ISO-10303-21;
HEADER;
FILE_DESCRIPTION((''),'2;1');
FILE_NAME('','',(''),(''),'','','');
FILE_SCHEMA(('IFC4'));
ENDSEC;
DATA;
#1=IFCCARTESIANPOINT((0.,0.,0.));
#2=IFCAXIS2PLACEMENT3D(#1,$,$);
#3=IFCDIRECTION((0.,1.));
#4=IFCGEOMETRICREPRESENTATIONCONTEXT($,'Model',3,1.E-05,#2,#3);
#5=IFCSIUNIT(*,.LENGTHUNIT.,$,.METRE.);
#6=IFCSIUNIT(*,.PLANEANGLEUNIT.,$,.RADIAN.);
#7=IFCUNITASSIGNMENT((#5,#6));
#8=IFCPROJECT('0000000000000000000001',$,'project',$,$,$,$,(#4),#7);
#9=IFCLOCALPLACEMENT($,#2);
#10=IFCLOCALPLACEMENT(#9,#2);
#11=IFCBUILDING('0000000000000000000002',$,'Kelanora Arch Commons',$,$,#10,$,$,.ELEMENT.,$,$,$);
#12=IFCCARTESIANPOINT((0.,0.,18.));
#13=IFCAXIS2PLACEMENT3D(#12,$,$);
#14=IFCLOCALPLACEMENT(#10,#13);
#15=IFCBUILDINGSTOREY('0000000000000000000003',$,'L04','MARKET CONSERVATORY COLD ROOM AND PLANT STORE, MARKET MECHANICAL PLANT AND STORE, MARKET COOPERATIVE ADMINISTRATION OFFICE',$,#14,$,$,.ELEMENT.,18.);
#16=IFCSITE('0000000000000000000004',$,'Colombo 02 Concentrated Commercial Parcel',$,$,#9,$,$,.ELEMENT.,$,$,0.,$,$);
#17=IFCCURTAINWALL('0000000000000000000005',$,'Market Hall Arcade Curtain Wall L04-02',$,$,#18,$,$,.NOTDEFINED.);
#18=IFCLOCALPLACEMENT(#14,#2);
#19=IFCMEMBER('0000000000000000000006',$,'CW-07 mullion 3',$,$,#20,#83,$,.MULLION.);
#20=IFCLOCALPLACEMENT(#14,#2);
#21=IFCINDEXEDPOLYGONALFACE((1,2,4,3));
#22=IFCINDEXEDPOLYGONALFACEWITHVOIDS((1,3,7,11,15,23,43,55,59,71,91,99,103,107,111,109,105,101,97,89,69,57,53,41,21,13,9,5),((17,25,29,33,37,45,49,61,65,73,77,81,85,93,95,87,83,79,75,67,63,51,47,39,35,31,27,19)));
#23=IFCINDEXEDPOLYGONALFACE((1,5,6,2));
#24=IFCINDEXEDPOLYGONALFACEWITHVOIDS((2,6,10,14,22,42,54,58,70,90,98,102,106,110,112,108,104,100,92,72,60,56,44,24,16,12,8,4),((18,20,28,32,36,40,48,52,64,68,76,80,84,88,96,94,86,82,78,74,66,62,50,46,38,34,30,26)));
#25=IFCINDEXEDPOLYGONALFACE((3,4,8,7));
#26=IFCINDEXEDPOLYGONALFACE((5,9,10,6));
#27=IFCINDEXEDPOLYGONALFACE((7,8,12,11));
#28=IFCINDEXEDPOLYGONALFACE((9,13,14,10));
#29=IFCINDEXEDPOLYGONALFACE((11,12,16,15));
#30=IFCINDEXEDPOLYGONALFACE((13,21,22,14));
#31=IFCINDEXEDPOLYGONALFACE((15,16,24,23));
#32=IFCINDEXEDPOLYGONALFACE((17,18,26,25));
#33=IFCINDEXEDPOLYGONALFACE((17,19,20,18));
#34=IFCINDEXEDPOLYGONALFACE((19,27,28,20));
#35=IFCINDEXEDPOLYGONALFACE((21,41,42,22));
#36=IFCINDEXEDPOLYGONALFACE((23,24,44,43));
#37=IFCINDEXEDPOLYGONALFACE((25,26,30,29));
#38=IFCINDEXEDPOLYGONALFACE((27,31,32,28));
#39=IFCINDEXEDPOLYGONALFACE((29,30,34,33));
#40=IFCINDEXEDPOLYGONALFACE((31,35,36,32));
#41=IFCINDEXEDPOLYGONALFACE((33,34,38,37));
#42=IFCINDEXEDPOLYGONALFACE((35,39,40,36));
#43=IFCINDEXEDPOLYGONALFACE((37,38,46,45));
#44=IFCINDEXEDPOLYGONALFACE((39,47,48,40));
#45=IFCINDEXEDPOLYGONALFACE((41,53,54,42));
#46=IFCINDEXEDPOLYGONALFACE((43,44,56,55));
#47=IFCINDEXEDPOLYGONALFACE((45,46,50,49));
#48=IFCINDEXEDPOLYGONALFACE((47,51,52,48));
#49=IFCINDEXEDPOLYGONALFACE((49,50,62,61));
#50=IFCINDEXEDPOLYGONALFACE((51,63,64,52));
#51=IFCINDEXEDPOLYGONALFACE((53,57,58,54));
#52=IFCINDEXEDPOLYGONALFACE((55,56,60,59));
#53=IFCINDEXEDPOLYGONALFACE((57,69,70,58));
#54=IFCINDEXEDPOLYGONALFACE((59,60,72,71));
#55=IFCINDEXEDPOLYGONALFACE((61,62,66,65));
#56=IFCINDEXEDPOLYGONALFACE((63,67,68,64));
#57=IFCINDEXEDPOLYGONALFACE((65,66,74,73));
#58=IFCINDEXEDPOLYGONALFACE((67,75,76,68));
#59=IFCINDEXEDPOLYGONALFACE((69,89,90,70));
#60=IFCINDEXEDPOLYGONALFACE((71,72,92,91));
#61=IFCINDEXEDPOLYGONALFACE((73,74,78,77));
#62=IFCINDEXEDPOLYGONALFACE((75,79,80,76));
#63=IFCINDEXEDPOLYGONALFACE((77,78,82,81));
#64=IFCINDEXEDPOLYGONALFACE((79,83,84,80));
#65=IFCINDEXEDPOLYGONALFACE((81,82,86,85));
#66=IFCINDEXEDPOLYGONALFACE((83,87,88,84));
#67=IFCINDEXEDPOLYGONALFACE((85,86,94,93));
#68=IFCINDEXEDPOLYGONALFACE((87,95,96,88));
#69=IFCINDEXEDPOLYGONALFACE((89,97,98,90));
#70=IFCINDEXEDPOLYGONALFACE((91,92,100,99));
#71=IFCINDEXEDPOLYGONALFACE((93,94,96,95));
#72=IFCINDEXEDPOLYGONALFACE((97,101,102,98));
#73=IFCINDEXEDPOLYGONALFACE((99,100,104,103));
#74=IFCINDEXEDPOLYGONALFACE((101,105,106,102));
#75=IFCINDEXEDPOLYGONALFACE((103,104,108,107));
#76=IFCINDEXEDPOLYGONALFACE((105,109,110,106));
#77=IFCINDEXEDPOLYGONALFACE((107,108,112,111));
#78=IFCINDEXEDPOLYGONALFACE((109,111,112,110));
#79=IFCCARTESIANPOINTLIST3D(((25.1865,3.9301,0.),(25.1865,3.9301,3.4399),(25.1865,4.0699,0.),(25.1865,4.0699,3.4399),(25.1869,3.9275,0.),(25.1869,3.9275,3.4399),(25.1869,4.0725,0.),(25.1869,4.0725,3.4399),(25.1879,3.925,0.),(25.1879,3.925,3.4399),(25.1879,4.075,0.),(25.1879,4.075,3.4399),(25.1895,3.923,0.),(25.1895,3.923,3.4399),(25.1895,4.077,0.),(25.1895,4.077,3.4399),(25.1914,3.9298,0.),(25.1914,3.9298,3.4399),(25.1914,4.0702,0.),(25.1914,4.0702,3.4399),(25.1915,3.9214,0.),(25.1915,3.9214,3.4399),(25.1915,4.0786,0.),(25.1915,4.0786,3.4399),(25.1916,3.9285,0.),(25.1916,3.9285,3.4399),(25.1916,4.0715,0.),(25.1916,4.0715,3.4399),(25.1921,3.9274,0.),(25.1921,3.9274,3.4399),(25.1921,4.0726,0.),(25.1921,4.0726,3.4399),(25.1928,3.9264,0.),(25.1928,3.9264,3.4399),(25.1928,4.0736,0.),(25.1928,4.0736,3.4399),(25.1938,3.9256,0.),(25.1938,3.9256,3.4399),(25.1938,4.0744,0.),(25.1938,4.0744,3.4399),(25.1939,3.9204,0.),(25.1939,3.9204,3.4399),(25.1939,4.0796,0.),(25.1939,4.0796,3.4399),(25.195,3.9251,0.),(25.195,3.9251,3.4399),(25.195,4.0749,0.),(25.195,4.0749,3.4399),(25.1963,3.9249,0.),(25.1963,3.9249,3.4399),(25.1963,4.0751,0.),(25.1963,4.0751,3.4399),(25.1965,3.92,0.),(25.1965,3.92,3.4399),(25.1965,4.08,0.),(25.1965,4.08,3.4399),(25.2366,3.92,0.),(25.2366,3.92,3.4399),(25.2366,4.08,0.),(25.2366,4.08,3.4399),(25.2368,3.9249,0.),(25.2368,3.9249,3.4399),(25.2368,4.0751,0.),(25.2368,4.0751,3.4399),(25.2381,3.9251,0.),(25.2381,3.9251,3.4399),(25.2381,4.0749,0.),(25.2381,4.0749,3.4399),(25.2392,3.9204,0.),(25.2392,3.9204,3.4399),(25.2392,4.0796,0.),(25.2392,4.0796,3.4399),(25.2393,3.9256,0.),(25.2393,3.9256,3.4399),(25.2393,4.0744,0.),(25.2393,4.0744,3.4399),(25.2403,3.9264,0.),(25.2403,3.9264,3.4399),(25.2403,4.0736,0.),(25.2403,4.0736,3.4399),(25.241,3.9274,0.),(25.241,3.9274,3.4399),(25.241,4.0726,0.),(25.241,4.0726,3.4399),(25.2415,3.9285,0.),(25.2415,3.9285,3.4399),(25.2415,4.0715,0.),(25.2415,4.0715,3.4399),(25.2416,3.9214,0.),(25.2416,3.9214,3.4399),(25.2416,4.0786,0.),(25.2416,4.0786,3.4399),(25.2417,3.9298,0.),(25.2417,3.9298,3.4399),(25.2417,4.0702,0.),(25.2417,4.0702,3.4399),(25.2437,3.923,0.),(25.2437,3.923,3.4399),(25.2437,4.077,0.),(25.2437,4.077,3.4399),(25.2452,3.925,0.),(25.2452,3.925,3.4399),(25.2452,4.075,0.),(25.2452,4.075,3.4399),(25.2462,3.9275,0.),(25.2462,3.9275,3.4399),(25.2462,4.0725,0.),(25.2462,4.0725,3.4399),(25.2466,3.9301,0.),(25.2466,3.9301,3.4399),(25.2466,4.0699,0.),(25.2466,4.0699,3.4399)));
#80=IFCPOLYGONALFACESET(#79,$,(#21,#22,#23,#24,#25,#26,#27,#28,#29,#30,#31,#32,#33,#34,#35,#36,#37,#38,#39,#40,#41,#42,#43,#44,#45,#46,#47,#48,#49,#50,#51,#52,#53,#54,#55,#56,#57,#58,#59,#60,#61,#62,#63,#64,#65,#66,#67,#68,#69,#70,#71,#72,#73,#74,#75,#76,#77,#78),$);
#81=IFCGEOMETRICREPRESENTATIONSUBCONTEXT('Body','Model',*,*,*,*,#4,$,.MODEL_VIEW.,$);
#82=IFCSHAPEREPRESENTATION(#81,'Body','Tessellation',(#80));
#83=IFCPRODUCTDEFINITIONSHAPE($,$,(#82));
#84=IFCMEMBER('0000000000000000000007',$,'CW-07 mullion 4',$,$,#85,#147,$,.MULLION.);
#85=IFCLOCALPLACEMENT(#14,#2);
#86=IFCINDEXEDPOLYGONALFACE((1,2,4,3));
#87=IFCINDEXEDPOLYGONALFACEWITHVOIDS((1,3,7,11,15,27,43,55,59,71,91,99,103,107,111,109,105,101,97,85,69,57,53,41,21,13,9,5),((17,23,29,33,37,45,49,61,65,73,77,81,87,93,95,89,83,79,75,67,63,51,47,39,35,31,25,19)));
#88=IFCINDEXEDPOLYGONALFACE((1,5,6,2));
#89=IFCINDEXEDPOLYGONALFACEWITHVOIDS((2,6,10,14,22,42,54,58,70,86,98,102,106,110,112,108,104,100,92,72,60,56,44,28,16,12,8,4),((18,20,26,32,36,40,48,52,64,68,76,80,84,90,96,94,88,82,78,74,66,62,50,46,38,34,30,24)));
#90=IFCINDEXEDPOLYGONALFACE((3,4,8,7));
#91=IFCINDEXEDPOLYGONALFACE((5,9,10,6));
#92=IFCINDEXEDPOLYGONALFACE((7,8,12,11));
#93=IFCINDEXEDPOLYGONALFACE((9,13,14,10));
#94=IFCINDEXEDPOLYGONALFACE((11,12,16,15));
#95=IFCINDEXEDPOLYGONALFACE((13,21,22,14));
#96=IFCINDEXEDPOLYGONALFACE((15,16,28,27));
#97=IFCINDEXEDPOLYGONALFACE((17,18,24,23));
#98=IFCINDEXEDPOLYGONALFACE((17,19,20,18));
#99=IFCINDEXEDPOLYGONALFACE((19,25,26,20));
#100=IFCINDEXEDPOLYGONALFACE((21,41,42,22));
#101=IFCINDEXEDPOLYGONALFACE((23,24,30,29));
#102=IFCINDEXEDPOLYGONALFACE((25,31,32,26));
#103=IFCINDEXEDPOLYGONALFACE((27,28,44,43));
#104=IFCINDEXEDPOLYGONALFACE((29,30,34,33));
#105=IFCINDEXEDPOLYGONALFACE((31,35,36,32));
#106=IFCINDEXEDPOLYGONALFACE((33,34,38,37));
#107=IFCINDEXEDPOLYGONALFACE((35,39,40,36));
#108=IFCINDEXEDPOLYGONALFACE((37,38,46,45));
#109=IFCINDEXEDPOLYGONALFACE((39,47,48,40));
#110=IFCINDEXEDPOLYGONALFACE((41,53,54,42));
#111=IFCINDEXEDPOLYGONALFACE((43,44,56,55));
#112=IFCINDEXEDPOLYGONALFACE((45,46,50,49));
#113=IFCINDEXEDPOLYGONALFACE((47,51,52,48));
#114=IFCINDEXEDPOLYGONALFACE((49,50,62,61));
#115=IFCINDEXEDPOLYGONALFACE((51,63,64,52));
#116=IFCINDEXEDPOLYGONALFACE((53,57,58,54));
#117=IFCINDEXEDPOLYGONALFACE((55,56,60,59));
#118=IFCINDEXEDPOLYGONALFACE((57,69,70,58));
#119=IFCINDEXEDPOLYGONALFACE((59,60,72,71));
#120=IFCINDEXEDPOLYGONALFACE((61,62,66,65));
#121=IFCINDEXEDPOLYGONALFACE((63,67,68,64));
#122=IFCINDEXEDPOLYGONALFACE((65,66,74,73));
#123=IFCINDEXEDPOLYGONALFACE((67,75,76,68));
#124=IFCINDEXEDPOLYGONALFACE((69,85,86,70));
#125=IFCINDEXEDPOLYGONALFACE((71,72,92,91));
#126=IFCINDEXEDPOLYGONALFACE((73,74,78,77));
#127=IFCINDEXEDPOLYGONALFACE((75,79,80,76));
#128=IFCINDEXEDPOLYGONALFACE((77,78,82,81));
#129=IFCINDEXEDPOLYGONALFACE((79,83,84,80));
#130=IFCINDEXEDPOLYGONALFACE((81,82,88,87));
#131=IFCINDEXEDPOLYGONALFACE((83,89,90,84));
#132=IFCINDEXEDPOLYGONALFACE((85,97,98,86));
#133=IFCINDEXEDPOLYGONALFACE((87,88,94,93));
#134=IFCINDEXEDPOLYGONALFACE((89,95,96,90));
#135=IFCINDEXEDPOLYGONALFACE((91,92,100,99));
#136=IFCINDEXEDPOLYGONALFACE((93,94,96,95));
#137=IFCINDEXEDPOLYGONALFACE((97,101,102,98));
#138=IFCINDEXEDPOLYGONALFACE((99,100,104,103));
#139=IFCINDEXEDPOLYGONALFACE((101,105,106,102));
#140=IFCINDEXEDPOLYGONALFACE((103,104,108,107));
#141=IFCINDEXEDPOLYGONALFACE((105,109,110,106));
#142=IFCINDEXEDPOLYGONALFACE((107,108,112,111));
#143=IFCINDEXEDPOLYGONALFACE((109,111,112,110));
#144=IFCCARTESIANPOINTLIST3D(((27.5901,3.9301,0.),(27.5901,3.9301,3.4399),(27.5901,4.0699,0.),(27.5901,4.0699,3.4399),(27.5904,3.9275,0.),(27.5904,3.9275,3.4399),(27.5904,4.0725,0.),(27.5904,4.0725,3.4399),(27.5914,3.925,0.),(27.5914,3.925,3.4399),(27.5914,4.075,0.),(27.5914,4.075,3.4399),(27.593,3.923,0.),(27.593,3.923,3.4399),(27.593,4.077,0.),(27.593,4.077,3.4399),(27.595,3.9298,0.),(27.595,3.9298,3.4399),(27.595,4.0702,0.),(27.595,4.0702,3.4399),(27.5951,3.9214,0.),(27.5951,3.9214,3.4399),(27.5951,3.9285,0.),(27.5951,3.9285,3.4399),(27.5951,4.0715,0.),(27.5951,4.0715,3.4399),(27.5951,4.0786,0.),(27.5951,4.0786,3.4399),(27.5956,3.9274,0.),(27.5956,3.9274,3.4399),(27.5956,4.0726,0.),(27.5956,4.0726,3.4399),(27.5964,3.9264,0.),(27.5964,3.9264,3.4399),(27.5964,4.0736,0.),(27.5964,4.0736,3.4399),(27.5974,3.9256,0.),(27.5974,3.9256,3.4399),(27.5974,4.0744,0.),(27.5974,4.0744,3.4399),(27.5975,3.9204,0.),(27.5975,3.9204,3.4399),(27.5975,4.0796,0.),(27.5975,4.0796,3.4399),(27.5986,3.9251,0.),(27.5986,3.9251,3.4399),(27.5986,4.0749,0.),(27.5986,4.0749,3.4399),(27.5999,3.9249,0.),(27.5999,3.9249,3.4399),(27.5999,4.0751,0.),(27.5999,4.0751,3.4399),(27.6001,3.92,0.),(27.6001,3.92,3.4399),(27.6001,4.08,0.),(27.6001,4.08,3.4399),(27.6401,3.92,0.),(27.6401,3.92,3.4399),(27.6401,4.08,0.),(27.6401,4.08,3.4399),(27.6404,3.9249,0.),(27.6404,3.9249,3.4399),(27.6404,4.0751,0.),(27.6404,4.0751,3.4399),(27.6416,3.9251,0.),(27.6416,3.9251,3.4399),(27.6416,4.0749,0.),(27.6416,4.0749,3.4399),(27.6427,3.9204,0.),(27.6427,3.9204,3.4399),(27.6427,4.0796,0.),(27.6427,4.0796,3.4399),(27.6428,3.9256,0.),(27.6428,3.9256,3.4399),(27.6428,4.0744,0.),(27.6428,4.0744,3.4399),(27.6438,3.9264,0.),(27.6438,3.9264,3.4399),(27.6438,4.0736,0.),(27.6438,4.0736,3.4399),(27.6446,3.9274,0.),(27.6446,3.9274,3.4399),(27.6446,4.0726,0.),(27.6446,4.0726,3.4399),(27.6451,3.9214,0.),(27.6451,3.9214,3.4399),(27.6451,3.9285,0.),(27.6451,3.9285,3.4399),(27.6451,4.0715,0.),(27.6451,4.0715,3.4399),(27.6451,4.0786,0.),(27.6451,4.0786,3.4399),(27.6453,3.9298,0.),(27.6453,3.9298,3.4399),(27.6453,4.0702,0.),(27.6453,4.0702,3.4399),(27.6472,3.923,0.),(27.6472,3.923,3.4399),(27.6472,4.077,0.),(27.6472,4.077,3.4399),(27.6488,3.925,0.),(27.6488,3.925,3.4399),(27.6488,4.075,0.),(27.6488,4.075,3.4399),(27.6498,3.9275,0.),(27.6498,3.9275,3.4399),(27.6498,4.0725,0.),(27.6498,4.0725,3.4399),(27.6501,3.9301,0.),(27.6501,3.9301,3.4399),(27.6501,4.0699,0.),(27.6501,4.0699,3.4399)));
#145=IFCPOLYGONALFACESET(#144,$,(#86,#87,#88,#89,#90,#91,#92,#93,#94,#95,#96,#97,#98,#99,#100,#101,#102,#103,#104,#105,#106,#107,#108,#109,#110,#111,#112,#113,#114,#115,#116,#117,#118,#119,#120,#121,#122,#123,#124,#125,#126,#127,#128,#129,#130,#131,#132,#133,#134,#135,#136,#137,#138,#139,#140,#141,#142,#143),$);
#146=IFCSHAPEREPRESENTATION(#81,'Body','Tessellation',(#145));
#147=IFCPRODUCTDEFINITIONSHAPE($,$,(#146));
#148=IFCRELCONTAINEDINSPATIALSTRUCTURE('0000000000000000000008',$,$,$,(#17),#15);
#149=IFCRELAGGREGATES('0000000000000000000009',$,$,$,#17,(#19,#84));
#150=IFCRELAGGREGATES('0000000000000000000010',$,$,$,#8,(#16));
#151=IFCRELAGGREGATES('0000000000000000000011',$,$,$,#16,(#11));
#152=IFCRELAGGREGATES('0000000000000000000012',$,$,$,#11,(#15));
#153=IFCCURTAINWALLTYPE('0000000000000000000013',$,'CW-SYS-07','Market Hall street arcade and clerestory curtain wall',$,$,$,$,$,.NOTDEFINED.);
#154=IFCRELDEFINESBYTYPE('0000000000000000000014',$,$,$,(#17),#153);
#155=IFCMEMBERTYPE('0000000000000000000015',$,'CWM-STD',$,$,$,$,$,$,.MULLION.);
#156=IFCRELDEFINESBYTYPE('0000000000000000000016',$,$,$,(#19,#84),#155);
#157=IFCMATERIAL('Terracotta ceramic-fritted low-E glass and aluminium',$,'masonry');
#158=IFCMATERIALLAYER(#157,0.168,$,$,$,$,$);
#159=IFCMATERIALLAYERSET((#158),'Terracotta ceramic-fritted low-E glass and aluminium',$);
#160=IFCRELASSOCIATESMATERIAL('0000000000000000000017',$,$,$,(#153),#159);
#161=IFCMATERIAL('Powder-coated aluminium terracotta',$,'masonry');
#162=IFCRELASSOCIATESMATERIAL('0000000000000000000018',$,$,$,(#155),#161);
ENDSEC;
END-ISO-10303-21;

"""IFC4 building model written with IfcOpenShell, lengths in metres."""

from ifc_helpers import new_model, si_unit, direction, frame, origin, origin_2d, place, context, subcontext, project, spatial, hollow_rectangle, extrude, material, layer, layer_set, material_profile, profile_set, type_object, element, aggregate, save


model = new_model("IFC4")

# Units and contexts
model_context = context("Model", 3, precision=1e-05, world=origin(), true_north=direction((0.0, 1.0)))
body_context = subcontext(model_context, "Body", "Model", "MODEL_VIEW")
ifc_project = project(units=[si_unit("LENGTHUNIT", "METRE"), si_unit("PLANEANGLEUNIT", "RADIAN")], contexts=[model_context])

# Site, building, storey
site_placement = place(None, origin())
site = spatial("IfcSite", under=ifc_project, at=site_placement, Name="Colombo 02 Concentrated Commercial Parcel", CompositionType="ELEMENT", RefElevation=0.0)
building_placement = place(site_placement, origin())
building = spatial("IfcBuilding", under=site, at=building_placement, Name="Kelanora Arch Commons", CompositionType="ELEMENT")
storey_placement = place(building_placement, frame((0.0, 0.0, 18.0)))
storey = spatial("IfcBuildingStorey", under=building, at=storey_placement, Name="L04", Description="MARKET CONSERVATORY COLD ROOM AND PLANT STORE, MARKET MECHANICAL PLANT AND STORE, MARKET COOPERATIVE ADMINISTRATION OFFICE", CompositionType="ELEMENT", Elevation=18.0)

# Curtain wall, members
ifc_material_1 = material(Name="Terracotta ceramic-fritted low-E glass and aluminium", Category="masonry")
ifc_layer_1 = layer(ifc_material_1, 0.168)
ifc_layer_set_1 = layer_set([ifc_layer_1], Name="Terracotta ceramic-fritted low-E glass and aluminium")
curtain_wall_type = type_object("IfcCurtainWallType", Name="CW-SYS-07", Description="Market Hall street arcade and clerestory curtain wall", PredefinedType="NOTDEFINED", material=ifc_layer_set_1)
curtain_wall_placement = place(storey_placement, origin())
curtain_wall = element("IfcCurtainWall", 1, at=curtain_wall_placement, inside=storey, type_object=curtain_wall_type, Name="Market Hall Arcade Curtain Wall L04-02", PredefinedType="NOTDEFINED")
ifc_material_2 = material(Name="Powder-coated aluminium terracotta", Category="masonry")
ifc_material_profile_1 = material_profile(ifc_material_2, hollow_rectangle(XDim=0.1599, YDim=0.0601, WallThickness=0.0049, InnerFilletRadius=0.0049, OuterFilletRadius=0.01, at=origin_2d()), Name="CWM160x60")
ifc_profile_set_1 = profile_set([ifc_material_profile_1], Name="Powder-coated aluminium terracotta")
member_type_1 = type_object("IfcMemberType", Name="CWM-STD", PredefinedType="MULLION", material=ifc_profile_set_1)
member_1_placement = place(storey_placement, frame((25.2166, 4.0, 0.0), z_axis=(0.0, 0.0, 1.0), x_axis=(0.0, 1.0, 0.0)))
member_1 = element("IfcMember", 2, at=member_1_placement, type_object=member_type_1, Name="CW-07 mullion 3", PredefinedType="MULLION", context=body_context, shape_type="SweptSolid", body=[
    extrude(hollow_rectangle(XDim=0.1599, YDim=0.0601, WallThickness=0.0049, InnerFilletRadius=0.0049, OuterFilletRadius=0.01, at=origin_2d()), origin(), (0.0, 0.0, 1.0), 3.4399),
])
member_2_placement = place(storey_placement, frame((27.6201, 4.0, 0.0), z_axis=(0.0, 0.0, 1.0), x_axis=(0.0, 1.0, 0.0)))
member_2 = element("IfcMember", 3, at=member_2_placement, type_object=member_type_1, Name="CW-07 mullion 4", PredefinedType="MULLION", context=body_context, shape_type="SweptSolid", body=[
    extrude(hollow_rectangle(XDim=0.1599, YDim=0.0601, WallThickness=0.0049, InnerFilletRadius=0.0049, OuterFilletRadius=0.01, at=origin_2d()), origin(), (0.0, 0.0, 1.0), 3.4399),
])
aggregate(curtain_wall, [member_1, member_2])

save(model, "model.ifc")
